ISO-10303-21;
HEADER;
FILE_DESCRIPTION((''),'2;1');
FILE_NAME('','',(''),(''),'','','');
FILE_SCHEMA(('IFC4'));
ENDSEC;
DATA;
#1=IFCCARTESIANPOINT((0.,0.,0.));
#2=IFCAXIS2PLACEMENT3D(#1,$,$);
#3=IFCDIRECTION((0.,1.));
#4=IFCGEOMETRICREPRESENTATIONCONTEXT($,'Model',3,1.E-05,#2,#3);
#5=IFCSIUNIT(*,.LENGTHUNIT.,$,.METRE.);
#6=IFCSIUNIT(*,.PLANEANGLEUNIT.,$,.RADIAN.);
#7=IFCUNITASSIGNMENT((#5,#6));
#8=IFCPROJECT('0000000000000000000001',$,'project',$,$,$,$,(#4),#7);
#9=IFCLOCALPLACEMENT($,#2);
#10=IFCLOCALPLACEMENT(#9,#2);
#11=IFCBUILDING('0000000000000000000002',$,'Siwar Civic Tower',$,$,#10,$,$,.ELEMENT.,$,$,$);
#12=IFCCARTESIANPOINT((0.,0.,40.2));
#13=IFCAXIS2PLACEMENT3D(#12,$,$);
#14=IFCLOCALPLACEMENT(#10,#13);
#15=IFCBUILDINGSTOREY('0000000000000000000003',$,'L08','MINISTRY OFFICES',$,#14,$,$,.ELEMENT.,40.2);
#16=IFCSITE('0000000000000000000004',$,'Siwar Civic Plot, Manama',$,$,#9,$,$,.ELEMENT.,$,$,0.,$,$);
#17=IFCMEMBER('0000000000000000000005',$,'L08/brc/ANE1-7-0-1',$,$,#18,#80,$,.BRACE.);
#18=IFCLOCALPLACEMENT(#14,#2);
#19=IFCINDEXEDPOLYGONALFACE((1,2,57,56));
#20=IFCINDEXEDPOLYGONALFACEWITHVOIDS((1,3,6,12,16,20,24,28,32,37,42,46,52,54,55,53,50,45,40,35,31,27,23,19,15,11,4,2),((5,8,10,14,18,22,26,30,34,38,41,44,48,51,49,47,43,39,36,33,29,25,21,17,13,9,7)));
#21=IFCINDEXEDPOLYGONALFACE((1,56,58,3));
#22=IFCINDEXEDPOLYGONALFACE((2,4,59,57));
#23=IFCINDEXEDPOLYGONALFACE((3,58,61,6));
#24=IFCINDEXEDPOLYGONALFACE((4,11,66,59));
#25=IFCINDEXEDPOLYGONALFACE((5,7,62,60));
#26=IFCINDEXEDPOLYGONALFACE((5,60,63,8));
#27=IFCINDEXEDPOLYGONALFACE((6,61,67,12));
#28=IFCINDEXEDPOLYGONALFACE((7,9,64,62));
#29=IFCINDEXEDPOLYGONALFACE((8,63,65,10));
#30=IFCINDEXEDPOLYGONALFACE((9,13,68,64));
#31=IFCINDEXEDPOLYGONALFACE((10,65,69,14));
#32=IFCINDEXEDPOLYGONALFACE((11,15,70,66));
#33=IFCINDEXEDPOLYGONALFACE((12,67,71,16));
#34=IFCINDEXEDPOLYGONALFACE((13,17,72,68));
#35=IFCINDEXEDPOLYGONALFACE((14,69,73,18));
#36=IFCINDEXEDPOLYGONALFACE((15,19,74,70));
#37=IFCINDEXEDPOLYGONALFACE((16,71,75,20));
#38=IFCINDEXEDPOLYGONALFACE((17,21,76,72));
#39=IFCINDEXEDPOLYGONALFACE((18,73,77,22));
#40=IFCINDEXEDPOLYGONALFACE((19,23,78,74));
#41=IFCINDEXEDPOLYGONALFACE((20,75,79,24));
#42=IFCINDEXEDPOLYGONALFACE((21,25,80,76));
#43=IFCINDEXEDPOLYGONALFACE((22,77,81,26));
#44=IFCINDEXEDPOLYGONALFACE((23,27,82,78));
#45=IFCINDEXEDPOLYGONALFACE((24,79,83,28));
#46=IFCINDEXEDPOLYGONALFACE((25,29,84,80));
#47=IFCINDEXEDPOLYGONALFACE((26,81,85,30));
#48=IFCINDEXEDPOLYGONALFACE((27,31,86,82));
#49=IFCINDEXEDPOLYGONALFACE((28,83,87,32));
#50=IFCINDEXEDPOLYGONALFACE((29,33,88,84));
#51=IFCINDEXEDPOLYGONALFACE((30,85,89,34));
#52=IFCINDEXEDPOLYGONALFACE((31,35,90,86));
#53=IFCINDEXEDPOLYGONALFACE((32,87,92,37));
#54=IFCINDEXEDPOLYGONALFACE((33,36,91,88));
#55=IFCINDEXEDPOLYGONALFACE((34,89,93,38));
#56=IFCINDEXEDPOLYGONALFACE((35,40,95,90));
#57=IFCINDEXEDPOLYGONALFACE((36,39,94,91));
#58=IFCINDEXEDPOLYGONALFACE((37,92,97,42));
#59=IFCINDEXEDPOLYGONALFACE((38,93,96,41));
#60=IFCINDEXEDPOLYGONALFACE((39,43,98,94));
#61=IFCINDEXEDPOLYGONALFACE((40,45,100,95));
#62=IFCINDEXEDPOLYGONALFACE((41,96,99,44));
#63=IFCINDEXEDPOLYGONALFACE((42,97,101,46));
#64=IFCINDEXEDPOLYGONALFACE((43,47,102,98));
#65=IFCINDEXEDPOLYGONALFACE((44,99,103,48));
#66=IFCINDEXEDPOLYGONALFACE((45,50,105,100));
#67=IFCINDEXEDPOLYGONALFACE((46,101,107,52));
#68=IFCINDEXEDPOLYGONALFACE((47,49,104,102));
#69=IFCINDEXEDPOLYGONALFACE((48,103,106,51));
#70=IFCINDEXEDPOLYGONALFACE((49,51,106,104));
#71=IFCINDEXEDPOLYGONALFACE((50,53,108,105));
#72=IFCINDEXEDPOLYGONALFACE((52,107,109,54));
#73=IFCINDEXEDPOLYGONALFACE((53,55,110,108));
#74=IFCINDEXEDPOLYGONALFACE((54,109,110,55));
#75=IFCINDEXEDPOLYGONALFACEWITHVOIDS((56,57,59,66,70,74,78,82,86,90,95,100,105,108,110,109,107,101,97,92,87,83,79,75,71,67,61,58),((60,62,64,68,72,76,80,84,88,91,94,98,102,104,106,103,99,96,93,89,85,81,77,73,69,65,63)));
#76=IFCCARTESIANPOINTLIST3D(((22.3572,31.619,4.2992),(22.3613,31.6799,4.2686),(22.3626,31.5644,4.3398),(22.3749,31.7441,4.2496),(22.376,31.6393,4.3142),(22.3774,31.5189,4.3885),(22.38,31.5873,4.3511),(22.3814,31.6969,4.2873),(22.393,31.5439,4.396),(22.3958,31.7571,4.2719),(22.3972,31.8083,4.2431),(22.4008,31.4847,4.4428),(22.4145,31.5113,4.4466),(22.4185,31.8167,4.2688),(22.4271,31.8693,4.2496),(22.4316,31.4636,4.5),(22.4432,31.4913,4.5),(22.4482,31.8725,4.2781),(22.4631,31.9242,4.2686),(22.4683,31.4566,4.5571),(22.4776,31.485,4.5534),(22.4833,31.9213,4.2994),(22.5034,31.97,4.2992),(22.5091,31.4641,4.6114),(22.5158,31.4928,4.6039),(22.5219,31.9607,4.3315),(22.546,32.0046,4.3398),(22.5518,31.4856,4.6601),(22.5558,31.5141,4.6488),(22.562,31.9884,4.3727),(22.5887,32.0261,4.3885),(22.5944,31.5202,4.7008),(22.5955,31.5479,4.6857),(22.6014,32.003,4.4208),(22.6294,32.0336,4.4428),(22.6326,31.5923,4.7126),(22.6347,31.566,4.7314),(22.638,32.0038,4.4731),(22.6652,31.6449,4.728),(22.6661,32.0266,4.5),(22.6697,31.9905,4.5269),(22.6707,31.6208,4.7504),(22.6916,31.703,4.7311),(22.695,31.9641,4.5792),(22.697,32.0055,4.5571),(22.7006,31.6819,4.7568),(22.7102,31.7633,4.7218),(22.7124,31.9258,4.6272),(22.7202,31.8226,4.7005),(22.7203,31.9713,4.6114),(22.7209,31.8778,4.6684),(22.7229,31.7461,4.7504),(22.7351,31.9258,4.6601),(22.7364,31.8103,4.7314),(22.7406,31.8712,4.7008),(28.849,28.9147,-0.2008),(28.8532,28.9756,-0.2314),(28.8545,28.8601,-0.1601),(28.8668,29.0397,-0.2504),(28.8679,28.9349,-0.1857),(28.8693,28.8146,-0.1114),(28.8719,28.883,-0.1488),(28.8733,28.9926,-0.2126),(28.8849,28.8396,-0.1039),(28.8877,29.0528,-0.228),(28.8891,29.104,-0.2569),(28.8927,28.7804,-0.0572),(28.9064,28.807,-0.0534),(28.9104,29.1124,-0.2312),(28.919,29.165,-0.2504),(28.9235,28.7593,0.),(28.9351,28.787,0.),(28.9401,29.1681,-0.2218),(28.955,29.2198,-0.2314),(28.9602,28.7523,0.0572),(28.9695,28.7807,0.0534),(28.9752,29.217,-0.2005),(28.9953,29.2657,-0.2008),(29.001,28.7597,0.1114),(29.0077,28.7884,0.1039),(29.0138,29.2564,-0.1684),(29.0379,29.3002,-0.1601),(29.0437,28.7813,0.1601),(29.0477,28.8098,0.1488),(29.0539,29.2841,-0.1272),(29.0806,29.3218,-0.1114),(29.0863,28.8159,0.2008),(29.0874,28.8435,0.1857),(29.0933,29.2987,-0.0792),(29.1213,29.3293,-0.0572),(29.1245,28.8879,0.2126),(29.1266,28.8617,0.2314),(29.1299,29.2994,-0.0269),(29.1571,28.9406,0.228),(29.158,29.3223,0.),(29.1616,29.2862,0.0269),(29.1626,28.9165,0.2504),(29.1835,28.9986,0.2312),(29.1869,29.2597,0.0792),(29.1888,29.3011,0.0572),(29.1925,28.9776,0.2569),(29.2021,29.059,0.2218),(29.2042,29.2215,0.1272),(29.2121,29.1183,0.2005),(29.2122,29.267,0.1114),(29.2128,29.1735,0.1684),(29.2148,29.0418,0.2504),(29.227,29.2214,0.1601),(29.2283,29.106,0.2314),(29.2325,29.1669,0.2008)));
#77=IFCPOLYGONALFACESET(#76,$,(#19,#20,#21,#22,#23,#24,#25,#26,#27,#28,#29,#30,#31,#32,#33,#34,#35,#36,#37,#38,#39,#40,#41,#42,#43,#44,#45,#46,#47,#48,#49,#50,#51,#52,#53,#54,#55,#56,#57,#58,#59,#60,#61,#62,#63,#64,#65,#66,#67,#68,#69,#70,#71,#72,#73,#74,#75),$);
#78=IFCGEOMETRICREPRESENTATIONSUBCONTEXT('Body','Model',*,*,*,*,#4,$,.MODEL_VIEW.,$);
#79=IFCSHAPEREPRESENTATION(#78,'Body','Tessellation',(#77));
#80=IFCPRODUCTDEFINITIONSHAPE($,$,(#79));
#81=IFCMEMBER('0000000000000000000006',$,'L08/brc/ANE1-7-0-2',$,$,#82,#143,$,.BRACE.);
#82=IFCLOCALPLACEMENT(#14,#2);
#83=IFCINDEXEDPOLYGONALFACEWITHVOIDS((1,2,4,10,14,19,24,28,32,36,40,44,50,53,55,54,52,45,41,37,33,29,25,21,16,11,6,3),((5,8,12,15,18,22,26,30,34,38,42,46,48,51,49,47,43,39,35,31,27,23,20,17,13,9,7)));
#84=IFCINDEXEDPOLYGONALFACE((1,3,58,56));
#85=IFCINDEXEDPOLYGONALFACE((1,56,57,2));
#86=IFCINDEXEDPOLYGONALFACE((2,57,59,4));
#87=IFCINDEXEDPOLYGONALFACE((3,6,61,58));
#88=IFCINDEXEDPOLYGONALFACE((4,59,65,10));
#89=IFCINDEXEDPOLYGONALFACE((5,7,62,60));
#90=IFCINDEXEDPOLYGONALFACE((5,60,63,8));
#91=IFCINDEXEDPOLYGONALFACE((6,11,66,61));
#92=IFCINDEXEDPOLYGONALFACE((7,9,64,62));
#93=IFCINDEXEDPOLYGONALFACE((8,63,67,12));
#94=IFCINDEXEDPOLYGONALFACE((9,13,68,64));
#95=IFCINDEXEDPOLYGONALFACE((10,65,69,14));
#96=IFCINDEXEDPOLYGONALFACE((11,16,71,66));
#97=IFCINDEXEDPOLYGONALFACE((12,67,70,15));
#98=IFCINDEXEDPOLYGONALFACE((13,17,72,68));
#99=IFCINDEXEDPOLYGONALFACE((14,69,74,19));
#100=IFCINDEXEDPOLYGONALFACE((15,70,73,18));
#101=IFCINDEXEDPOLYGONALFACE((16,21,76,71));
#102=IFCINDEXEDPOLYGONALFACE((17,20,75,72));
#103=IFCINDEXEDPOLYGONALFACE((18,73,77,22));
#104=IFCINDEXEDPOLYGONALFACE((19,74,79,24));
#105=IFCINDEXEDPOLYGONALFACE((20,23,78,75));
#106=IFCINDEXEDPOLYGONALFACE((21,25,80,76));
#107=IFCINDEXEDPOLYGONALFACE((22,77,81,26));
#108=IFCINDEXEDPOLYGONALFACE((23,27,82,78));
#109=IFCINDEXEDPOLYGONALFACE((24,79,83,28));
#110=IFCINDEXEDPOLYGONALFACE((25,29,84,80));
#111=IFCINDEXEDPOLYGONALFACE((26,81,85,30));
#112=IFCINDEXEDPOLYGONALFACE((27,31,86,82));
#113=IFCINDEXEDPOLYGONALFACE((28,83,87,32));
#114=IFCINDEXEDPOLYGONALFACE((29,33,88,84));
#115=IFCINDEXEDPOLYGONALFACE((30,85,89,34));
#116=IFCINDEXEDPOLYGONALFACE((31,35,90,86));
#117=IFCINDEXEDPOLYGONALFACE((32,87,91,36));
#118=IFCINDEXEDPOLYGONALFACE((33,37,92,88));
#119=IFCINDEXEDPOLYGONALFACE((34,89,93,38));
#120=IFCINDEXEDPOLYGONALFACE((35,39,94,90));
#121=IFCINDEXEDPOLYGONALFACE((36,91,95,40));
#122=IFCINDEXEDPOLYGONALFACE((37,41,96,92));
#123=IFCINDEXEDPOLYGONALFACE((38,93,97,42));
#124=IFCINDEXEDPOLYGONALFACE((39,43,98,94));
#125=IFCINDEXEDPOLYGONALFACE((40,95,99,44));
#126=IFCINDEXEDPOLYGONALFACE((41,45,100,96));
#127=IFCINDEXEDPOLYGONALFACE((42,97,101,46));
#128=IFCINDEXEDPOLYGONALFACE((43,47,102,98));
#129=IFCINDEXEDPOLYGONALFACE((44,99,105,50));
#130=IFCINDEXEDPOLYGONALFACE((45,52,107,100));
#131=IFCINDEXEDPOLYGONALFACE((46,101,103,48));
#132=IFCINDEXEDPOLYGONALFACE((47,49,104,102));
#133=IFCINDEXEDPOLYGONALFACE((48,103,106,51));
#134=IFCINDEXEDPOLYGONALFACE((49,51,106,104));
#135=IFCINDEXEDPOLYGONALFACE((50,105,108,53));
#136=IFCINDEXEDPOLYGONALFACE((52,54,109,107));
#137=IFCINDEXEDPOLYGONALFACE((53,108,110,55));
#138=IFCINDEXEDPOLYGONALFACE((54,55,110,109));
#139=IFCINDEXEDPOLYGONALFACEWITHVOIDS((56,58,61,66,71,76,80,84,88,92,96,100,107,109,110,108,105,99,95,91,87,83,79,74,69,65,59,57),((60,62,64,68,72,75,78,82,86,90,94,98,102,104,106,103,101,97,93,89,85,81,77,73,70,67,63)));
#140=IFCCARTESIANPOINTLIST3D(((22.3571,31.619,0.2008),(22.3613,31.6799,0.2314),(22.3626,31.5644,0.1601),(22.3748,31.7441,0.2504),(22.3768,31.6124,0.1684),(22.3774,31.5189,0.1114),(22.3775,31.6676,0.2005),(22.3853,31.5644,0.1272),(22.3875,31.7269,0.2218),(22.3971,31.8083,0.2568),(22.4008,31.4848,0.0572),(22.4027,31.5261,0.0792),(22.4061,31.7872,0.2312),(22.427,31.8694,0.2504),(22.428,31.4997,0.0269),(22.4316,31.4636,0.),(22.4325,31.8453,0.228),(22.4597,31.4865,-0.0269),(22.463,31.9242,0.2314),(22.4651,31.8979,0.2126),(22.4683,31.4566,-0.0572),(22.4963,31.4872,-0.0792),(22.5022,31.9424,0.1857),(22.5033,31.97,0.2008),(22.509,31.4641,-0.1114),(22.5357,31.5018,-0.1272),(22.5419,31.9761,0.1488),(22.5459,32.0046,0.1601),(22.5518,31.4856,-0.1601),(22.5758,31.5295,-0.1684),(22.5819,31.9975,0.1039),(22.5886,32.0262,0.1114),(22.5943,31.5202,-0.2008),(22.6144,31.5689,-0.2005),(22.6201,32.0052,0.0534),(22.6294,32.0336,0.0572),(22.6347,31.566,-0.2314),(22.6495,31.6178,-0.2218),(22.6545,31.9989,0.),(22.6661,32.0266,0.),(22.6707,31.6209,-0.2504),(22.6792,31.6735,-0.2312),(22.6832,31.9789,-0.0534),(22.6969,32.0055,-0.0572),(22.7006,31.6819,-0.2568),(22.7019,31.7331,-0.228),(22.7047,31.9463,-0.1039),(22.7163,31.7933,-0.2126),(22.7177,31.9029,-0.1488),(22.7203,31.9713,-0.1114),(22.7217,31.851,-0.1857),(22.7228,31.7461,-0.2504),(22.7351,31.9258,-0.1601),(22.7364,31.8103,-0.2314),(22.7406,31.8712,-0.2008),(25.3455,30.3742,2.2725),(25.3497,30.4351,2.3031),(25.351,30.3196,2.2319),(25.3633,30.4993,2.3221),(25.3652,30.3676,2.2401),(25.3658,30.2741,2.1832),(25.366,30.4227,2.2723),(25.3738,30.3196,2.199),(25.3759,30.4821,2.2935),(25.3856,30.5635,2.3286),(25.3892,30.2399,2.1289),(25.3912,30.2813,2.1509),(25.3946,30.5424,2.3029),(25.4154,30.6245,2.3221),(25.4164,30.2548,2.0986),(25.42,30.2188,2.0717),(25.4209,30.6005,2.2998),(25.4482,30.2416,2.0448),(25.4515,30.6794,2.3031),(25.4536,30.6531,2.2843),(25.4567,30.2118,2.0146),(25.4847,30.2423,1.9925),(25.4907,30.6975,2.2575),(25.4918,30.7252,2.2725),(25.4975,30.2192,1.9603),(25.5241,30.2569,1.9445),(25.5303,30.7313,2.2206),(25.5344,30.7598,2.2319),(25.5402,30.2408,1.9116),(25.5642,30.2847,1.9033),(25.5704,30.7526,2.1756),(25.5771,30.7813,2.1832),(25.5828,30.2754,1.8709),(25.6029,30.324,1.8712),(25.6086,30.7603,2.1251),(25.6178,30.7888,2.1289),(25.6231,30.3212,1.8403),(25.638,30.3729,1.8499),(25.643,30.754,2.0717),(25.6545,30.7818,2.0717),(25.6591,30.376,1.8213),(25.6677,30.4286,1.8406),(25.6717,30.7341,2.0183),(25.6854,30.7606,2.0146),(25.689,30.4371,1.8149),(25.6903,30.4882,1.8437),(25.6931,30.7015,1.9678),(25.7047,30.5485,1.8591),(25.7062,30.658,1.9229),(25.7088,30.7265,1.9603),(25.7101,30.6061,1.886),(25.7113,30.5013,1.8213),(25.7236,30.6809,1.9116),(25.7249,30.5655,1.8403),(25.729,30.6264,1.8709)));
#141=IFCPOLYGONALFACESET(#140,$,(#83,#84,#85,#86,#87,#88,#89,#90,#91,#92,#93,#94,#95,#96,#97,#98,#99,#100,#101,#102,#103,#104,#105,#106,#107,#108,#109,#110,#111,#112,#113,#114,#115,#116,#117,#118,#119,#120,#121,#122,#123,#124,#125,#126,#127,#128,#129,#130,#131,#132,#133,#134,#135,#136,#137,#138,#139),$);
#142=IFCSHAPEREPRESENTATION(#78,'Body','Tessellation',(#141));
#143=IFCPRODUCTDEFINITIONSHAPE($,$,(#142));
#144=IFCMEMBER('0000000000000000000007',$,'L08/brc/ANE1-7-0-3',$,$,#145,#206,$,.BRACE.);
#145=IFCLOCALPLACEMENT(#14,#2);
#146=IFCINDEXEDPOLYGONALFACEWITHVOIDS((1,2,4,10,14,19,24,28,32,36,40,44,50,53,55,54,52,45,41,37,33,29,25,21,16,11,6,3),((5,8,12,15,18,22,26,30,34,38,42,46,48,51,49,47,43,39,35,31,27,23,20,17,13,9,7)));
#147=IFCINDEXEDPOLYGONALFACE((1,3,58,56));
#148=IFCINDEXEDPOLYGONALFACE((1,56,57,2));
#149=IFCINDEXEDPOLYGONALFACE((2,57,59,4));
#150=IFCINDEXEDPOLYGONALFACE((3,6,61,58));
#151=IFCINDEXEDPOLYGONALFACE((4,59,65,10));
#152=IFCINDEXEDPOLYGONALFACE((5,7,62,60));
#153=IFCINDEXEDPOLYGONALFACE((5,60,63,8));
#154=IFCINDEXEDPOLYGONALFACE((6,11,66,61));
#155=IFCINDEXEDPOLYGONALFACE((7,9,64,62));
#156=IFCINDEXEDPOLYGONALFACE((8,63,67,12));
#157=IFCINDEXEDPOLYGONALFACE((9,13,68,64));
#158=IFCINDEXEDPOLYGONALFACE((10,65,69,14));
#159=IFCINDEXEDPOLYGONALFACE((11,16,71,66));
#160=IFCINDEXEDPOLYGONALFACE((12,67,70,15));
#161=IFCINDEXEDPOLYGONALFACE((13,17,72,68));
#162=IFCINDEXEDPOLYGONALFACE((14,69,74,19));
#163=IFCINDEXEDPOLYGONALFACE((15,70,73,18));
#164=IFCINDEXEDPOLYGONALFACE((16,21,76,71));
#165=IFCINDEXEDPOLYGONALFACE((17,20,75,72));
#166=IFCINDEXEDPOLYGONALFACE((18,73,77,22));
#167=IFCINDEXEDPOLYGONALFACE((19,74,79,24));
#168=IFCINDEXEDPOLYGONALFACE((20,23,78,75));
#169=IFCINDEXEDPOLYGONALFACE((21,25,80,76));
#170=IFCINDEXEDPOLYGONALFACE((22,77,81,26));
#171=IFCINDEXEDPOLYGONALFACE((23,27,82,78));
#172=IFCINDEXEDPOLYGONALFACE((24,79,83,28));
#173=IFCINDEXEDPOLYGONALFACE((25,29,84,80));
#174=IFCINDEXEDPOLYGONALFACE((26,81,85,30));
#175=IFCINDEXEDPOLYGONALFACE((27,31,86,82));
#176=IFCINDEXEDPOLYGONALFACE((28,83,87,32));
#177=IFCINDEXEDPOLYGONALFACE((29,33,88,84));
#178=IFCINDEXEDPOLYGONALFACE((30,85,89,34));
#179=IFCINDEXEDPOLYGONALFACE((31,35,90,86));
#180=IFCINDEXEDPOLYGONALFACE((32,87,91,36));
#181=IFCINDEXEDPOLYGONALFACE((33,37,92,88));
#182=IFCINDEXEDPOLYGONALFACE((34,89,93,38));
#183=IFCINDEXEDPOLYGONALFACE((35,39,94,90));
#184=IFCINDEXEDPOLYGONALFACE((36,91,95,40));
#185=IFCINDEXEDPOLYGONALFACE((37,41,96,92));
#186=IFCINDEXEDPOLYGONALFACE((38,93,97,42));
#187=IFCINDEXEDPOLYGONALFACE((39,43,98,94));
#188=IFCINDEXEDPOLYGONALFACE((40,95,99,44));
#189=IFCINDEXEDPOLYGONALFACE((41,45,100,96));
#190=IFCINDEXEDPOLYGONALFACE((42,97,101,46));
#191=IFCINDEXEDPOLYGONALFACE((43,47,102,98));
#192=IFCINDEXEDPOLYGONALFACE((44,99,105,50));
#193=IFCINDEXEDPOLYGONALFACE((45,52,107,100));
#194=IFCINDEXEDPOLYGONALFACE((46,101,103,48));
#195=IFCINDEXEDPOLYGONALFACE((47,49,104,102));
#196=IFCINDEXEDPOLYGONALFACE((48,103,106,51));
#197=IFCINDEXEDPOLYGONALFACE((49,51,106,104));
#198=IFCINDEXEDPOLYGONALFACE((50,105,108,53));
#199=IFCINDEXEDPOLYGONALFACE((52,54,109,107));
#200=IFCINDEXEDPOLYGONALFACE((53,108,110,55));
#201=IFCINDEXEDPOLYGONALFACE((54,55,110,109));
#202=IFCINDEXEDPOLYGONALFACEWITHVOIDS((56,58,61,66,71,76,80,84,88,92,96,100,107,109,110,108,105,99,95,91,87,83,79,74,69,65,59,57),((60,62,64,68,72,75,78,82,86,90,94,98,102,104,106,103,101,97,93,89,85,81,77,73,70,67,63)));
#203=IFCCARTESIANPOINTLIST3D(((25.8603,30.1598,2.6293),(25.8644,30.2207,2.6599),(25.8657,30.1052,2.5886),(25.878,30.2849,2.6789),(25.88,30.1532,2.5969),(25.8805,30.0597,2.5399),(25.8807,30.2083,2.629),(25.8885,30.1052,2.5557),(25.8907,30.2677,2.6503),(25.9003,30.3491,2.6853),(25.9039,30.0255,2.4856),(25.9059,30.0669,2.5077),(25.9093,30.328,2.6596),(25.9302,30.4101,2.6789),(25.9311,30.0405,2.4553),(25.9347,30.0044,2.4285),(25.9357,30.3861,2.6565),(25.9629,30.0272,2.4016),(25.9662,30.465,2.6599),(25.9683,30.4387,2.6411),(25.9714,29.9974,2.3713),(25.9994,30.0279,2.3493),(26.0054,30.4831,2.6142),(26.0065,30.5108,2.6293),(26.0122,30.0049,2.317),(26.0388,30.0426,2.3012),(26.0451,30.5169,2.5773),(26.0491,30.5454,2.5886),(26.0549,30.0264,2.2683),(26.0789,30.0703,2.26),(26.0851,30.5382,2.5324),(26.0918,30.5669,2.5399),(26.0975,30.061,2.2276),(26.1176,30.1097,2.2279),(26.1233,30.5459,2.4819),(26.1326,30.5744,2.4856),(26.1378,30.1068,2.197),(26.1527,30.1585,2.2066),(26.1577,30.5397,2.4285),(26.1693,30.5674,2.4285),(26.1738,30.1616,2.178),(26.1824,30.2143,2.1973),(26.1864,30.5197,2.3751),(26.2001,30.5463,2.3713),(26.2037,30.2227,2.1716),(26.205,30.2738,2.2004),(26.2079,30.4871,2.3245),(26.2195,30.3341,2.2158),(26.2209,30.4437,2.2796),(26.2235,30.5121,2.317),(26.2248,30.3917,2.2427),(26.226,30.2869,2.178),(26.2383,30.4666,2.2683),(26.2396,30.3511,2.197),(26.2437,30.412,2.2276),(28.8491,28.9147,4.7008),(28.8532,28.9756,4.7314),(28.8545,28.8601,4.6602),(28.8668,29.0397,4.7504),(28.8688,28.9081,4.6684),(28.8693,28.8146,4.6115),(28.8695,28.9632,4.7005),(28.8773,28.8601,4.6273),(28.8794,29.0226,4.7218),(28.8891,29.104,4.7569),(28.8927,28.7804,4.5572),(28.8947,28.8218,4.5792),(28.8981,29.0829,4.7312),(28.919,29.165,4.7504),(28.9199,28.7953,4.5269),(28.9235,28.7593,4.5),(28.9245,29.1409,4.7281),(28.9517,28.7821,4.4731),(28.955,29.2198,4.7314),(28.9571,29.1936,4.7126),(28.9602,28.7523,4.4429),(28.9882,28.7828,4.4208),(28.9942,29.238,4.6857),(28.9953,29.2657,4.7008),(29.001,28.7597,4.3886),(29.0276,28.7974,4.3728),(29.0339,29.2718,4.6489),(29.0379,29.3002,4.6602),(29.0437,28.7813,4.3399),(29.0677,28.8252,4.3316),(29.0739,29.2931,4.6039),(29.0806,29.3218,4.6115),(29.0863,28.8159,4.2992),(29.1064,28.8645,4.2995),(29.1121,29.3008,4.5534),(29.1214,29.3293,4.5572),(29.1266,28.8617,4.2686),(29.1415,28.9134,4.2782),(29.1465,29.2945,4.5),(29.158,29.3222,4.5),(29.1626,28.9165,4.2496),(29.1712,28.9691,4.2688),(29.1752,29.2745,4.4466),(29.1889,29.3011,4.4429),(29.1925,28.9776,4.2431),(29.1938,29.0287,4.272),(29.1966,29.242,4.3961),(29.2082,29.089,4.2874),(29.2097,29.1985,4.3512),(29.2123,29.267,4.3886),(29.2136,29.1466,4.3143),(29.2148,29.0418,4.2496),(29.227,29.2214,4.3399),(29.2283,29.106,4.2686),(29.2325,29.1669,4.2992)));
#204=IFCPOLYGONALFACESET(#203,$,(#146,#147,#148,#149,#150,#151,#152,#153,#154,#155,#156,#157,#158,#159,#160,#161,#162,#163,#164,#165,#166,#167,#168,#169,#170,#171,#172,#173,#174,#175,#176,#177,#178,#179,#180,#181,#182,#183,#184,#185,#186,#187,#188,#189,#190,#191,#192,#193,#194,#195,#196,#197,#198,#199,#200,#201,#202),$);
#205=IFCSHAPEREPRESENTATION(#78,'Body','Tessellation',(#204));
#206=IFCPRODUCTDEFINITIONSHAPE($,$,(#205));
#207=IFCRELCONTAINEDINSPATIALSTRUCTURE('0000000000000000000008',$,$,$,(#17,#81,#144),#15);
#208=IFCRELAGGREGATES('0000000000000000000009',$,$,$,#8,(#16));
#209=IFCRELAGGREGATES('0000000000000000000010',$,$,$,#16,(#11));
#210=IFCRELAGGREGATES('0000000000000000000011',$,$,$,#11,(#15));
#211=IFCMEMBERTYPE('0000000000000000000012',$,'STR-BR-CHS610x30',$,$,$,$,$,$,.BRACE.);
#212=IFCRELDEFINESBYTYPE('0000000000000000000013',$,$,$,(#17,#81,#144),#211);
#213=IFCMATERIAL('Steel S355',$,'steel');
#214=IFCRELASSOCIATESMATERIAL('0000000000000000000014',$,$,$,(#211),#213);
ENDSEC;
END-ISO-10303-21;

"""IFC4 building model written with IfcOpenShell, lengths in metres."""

from ifc_helpers import new_model, si_unit, direction, frame, origin, origin_2d, place, context, subcontext, project, spatial, hollow_circle, extrude, material, material_profile, profile_set, type_object, element, save


model = new_model("IFC4")

# Units and contexts
model_context = context("Model", 3, precision=1e-05, world=origin(), true_north=direction((0.0, 1.0)))
body_context = subcontext(model_context, "Body", "Model", "MODEL_VIEW")
ifc_project = project(units=[si_unit("LENGTHUNIT", "METRE"), si_unit("PLANEANGLEUNIT", "RADIAN")], contexts=[model_context])

# Site, building, storey
site_placement = place(None, origin())
site = spatial("IfcSite", under=ifc_project, at=site_placement, Name="Siwar Civic Plot, Manama", CompositionType="ELEMENT", RefElevation=0.0)
building_placement = place(site_placement, origin())
building = spatial("IfcBuilding", under=site, at=building_placement, Name="Siwar Civic Tower", CompositionType="ELEMENT")
storey_placement = place(building_placement, frame((0.0, 0.0, 40.2)))
storey = spatial("IfcBuildingStorey", under=building, at=storey_placement, Name="L08", Description="MINISTRY OFFICES", CompositionType="ELEMENT", Elevation=40.2)

# Members
ifc_material_1 = material(Name="Steel S355", Category="steel")
ifc_material_profile_1 = material_profile(ifc_material_1, hollow_circle(Radius=0.3049, WallThickness=0.03, at=origin_2d()), Name="CHS610x30")
ifc_profile_set_1 = profile_set([ifc_material_profile_1], Name="Steel S355")
member_type_1 = type_object("IfcMemberType", Name="STR-BR-CHS610x30", PredefinedType="BRACE", material=ifc_profile_set_1)
member_1_placement = place(storey_placement, frame((29.0408, 29.0408, 0.0), z_axis=(-0.777555, 0.323906, 0.538975), x_axis=(-0.384539, -0.923109, 0.0)))
element("IfcMember", 1, at=member_1_placement, inside=storey, type_object=member_type_1, Name="L08/brc/ANE1-7-0-1", PredefinedType="BRACE", context=body_context, shape_type="SweptSolid", body=[
    extrude(hollow_circle(Radius=0.3049, WallThickness=0.03, at=origin_2d()), origin(), (0.0, 0.0, 1.0), 8.3491),
])
member_2_placement = place(storey_placement, frame((22.5488, 31.7451, 0.0), z_axis=(0.777533, -0.323882, 0.53902), x_axis=(0.384524, 0.923115, 0.0)))
element("IfcMember", 2, at=member_2_placement, inside=storey, type_object=member_type_1, Name="L08/brc/ANE1-7-0-2", PredefinedType="BRACE", context=body_context, shape_type="SweptSolid", body=[
    extrude(hollow_circle(Radius=0.3049, WallThickness=0.03, at=origin_2d()), origin(), (0.0, 0.0, 1.0), 3.8435),
])
member_3_placement = place(storey_placement, frame((26.052, 30.2859, 2.4285), z_axis=(0.777569, -0.323934, 0.538937), x_axis=(0.384562, 0.923099, 0.0)))
element("IfcMember", 3, at=member_3_placement, inside=storey, type_object=member_type_1, Name="L08/brc/ANE1-7-0-3", PredefinedType="BRACE", context=body_context, shape_type="SweptSolid", body=[
    extrude(hollow_circle(Radius=0.3049, WallThickness=0.03, at=origin_2d()), origin(), (0.0, 0.0, 1.0), 3.8438),
])

save(model, "model.ifc")
